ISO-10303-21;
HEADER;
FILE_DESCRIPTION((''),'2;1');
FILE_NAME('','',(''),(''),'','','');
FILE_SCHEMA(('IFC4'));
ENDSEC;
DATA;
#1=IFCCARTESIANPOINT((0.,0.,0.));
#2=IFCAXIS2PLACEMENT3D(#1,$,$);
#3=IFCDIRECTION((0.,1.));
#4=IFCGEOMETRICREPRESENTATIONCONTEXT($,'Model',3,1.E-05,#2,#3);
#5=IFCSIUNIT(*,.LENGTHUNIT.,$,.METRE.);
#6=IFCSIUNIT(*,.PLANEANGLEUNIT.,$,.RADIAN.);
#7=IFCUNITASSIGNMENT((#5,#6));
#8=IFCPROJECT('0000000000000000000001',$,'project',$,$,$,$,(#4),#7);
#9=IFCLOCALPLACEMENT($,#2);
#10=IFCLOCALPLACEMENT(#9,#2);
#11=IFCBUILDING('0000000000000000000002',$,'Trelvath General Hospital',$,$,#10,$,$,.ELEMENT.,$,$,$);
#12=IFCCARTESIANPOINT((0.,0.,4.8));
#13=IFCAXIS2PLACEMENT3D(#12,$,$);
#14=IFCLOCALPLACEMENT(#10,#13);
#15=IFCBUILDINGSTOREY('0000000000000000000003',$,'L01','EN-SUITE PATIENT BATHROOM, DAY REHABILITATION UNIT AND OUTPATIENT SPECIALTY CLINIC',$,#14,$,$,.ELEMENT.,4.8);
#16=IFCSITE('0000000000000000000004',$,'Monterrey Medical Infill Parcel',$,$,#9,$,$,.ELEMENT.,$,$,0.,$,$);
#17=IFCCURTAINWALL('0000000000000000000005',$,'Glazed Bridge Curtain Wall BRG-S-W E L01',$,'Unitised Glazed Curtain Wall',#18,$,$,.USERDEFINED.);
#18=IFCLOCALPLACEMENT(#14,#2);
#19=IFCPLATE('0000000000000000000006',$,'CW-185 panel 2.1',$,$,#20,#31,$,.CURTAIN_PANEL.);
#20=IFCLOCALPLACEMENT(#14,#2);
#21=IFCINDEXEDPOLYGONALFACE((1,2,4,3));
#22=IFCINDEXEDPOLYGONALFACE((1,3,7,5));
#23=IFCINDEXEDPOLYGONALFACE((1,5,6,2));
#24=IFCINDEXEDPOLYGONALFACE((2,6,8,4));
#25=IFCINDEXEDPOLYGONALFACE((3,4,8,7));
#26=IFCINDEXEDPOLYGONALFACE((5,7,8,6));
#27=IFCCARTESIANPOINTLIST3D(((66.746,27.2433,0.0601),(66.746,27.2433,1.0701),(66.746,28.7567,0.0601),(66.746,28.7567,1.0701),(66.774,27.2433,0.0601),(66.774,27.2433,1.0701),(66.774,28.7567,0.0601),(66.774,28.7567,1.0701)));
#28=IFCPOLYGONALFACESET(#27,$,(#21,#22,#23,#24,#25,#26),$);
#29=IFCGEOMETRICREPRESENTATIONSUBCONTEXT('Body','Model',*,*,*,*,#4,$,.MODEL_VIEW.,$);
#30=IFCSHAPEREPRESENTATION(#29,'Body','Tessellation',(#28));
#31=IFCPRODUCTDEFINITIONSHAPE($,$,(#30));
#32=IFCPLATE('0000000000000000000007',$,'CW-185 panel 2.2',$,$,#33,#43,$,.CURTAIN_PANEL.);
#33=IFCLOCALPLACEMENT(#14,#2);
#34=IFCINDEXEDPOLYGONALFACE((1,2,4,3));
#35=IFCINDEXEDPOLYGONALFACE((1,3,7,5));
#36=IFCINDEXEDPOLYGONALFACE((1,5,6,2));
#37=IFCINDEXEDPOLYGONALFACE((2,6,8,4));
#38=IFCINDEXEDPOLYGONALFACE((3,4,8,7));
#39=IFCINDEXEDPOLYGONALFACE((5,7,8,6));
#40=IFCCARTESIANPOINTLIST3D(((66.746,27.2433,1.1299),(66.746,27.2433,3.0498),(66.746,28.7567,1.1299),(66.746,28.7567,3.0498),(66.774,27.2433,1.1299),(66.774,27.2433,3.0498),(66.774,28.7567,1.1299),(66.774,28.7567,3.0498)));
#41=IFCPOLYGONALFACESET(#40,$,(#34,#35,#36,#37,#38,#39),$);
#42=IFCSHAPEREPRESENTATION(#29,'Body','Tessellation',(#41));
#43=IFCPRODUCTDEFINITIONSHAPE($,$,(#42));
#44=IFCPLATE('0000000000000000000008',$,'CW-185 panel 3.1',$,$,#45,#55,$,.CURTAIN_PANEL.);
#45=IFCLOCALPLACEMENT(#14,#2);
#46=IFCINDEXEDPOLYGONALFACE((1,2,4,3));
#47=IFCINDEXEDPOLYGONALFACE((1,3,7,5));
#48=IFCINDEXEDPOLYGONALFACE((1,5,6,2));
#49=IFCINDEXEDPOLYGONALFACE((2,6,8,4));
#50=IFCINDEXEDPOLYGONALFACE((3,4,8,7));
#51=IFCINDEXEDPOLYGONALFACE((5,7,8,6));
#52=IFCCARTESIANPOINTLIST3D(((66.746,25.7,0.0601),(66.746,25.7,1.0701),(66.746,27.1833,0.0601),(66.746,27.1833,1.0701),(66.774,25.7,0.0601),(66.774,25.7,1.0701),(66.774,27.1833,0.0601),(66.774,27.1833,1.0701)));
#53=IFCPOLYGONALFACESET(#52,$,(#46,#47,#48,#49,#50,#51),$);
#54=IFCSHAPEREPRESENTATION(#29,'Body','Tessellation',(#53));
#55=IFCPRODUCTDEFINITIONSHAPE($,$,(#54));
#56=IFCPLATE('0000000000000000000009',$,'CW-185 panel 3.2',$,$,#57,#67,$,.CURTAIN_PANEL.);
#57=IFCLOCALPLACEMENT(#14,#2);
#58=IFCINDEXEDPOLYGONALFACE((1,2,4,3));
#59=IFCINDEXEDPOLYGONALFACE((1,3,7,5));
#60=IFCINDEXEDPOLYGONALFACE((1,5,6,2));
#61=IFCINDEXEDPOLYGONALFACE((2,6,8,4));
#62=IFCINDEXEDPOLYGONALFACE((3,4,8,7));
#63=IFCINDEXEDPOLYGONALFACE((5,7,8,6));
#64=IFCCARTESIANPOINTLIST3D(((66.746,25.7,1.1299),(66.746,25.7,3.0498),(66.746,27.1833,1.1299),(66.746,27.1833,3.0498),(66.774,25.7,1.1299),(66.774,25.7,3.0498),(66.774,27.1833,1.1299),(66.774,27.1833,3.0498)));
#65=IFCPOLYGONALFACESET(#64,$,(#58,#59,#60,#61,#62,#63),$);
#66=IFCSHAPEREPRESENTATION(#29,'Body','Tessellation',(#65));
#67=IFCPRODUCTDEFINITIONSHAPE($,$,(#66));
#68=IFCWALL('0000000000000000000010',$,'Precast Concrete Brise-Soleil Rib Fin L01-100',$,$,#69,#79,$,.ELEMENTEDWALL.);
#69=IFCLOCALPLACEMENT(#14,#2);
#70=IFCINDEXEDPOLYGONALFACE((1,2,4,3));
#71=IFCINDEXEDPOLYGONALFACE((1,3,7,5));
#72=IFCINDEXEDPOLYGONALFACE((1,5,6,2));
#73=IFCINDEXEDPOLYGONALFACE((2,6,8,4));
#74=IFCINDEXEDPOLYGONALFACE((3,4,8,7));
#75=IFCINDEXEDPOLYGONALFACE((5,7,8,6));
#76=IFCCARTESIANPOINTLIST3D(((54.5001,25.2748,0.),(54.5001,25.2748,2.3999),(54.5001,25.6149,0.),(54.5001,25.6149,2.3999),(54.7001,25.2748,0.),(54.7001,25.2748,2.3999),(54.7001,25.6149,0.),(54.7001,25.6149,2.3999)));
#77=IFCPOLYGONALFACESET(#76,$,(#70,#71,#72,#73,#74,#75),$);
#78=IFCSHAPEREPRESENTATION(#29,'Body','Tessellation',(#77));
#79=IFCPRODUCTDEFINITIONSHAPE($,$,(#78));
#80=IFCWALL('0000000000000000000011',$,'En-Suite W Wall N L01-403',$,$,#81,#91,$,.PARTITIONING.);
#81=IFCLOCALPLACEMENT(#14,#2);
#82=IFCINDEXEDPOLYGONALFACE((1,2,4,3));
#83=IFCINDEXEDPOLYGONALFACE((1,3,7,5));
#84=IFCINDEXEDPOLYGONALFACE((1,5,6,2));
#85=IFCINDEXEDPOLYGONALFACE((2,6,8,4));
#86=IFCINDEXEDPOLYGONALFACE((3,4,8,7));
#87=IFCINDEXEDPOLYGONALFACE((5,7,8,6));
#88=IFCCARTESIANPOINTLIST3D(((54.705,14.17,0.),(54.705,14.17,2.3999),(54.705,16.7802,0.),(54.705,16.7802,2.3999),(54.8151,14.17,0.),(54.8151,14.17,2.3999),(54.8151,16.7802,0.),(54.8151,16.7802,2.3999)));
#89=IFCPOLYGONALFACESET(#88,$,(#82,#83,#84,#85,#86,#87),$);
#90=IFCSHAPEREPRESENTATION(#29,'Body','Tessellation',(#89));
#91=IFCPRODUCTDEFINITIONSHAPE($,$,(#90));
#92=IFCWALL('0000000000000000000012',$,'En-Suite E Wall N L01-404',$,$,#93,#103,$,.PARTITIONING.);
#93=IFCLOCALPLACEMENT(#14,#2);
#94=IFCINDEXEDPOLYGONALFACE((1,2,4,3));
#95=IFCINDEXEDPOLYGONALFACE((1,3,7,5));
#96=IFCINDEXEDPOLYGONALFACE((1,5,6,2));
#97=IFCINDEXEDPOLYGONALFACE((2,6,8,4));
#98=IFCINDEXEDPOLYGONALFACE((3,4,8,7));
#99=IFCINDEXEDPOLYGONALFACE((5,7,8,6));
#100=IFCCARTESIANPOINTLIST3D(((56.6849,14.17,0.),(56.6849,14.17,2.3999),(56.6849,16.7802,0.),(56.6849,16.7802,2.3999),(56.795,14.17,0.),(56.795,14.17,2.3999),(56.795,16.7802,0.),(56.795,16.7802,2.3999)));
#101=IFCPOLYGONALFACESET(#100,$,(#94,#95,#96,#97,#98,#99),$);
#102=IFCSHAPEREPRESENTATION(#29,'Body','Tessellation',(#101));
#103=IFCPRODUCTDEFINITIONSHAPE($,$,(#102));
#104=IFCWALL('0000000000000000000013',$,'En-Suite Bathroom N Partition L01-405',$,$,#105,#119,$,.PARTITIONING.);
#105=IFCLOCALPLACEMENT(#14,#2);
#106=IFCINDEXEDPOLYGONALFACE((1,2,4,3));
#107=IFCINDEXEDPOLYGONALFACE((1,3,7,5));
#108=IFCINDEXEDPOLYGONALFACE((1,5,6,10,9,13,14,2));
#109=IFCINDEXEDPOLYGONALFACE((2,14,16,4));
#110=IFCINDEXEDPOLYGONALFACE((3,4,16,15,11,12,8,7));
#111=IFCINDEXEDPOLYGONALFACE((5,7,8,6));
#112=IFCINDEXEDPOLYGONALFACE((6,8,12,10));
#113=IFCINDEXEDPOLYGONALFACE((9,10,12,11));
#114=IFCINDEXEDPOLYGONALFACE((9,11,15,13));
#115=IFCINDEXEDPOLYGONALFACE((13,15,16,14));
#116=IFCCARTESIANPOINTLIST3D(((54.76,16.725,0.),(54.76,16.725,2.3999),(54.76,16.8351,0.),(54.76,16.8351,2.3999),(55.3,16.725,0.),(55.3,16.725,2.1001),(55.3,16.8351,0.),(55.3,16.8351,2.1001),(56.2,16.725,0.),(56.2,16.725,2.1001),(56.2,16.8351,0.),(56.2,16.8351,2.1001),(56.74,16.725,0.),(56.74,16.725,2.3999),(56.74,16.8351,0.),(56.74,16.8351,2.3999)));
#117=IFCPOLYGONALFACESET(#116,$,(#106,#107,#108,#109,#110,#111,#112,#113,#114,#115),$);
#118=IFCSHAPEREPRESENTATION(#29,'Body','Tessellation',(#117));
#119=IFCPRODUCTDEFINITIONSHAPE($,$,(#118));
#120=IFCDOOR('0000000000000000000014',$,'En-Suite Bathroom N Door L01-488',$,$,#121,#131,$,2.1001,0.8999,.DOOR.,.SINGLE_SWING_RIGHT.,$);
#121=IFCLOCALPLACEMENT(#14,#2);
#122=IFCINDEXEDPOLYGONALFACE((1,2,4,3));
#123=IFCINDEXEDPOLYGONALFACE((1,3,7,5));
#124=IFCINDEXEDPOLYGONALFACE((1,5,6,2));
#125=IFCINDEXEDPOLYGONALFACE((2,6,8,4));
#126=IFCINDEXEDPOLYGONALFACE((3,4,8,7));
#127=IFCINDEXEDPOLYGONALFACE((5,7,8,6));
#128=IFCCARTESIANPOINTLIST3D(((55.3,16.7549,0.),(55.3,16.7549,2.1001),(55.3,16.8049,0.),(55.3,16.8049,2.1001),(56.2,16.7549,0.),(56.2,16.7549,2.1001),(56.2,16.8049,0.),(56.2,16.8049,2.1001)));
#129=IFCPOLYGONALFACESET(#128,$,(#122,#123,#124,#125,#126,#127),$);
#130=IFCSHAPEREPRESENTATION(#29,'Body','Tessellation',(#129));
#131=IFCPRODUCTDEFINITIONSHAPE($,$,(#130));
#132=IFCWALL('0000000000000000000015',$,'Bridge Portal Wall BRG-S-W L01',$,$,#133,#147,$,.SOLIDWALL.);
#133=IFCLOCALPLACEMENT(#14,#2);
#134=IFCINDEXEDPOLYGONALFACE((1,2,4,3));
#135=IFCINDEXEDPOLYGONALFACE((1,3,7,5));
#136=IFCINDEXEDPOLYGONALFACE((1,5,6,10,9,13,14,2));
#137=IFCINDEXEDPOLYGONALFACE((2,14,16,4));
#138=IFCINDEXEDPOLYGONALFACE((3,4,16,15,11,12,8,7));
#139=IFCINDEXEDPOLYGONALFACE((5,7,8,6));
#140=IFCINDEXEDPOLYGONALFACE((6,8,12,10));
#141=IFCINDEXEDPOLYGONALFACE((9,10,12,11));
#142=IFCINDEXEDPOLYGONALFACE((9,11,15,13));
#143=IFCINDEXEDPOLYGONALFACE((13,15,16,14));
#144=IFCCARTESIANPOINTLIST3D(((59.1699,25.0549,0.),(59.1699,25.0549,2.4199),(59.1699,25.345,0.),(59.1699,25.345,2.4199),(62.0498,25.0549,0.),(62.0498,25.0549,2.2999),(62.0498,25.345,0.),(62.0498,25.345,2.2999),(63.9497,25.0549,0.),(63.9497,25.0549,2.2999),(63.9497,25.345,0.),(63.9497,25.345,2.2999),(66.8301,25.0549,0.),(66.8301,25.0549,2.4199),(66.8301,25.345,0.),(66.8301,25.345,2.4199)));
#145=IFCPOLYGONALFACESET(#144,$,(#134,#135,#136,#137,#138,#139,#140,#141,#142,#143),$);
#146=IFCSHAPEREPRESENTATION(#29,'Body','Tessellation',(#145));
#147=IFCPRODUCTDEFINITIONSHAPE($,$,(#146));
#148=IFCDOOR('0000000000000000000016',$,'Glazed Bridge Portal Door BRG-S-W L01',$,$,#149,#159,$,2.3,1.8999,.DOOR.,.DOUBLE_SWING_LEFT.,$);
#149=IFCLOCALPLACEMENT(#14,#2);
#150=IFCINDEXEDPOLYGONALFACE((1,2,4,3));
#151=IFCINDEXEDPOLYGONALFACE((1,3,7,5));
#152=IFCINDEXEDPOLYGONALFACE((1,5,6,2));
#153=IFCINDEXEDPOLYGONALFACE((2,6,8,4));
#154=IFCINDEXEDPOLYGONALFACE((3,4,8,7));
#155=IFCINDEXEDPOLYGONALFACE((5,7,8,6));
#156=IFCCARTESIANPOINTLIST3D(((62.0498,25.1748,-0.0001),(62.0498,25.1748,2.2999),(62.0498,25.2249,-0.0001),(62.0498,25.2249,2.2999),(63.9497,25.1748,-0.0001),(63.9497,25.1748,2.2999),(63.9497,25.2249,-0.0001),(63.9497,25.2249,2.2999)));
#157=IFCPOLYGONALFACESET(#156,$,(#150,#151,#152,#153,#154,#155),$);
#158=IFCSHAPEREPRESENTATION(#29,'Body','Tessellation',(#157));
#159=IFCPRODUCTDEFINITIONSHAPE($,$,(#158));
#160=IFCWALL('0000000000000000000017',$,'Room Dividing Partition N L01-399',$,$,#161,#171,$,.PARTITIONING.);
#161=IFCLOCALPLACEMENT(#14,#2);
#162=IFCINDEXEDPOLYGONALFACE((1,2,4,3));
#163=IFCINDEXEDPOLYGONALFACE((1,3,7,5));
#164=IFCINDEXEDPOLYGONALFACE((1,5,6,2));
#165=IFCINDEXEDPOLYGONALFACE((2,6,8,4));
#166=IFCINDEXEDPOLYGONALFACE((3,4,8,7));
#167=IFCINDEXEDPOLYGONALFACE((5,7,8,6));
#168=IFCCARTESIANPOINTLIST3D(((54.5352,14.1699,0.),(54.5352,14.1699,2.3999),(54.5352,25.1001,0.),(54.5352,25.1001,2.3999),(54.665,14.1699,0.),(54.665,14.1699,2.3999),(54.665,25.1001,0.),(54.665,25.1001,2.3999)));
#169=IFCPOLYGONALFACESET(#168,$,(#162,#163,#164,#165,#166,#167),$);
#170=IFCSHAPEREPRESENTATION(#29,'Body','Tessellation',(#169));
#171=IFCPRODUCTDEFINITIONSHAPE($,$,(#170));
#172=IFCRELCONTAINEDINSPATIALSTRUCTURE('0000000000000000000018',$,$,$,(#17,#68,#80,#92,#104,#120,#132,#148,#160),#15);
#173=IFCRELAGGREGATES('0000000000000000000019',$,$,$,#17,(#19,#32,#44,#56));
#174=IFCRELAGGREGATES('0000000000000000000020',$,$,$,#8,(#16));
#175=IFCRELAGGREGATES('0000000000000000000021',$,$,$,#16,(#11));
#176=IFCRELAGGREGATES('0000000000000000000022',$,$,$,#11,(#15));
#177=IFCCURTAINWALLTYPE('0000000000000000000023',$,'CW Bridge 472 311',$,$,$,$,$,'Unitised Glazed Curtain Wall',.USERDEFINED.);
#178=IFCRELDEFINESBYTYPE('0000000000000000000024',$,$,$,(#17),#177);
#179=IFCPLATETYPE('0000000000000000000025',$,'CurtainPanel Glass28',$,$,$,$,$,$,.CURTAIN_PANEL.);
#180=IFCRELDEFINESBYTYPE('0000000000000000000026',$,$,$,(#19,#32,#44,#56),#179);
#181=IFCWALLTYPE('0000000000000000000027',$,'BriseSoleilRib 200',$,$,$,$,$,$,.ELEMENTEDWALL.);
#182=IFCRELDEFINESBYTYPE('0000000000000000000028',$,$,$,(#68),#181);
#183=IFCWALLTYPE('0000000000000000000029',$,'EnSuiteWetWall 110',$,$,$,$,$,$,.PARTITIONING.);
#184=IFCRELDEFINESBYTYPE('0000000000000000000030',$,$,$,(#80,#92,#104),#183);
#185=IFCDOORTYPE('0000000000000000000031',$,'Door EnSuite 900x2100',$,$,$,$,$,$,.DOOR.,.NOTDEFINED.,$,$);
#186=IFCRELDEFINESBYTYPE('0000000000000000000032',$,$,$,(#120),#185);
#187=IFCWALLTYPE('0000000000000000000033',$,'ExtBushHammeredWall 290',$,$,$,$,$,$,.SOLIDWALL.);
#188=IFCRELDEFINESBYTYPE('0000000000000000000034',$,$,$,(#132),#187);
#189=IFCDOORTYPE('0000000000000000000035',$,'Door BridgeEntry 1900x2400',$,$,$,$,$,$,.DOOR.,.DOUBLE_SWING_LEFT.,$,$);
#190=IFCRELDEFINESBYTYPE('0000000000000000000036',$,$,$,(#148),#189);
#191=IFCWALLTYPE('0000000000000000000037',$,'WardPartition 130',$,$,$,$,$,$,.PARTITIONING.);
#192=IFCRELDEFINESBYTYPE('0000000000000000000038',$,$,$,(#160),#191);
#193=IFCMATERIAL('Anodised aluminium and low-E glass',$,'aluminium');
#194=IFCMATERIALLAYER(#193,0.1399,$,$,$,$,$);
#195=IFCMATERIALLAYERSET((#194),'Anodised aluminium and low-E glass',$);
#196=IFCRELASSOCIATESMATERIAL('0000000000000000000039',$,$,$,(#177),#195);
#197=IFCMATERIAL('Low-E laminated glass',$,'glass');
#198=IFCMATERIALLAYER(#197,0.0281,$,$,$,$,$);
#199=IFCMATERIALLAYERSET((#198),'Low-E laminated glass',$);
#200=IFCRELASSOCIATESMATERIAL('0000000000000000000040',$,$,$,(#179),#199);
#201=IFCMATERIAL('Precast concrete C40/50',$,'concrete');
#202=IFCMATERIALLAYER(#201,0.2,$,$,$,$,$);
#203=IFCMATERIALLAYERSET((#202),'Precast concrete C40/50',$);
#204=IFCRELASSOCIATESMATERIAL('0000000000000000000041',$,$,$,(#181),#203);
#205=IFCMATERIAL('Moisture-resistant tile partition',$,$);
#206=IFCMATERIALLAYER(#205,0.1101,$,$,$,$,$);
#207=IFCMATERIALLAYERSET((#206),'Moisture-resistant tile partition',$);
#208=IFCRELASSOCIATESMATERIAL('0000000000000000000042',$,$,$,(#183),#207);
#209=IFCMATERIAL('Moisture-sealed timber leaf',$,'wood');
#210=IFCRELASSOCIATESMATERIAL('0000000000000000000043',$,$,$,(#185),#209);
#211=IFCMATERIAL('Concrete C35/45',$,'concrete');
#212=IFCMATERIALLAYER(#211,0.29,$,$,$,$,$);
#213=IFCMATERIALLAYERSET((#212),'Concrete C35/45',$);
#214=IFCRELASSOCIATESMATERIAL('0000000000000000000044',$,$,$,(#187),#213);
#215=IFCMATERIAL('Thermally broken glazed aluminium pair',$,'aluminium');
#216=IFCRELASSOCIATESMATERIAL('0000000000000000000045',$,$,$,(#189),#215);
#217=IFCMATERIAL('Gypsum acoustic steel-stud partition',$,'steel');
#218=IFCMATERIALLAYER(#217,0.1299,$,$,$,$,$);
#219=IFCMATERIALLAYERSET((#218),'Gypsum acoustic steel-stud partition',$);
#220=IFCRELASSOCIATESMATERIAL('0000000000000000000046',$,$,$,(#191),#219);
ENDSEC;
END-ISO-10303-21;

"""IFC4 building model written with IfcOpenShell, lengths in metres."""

from ifc_helpers import new_model, si_unit, direction, frame, frame_2d, origin, origin_2d, place, context, subcontext, project, spatial, rectangle, extrude, material, layer, layer_set, type_object, element, fill, aggregate, save


model = new_model("IFC4")

# Units and contexts
model_context = context("Model", 3, precision=1e-05, world=origin(), true_north=direction((0.0, 1.0)))
body_context = subcontext(model_context, "Body", "Model", "MODEL_VIEW")
ifc_project = project(units=[si_unit("LENGTHUNIT", "METRE"), si_unit("PLANEANGLEUNIT", "RADIAN")], contexts=[model_context])

# Site, building, storey
site_placement = place(None, origin())
site = spatial("IfcSite", under=ifc_project, at=site_placement, Name="Monterrey Medical Infill Parcel", CompositionType="ELEMENT", RefElevation=0.0)
building_placement = place(site_placement, origin())
building = spatial("IfcBuilding", under=site, at=building_placement, Name="Trelvath General Hospital", CompositionType="ELEMENT")
storey_placement = place(building_placement, frame((0.0, 0.0, 4.8)))
storey = spatial("IfcBuildingStorey", under=building, at=storey_placement, Name="L01", Description="EN-SUITE PATIENT BATHROOM, DAY REHABILITATION UNIT AND OUTPATIENT SPECIALTY CLINIC", CompositionType="ELEMENT", Elevation=4.8)

# Curtain wall
ifc_material_1 = material(Name="Anodised aluminium and low-E glass", Category="aluminium")
ifc_layer_1 = layer(ifc_material_1, 0.1399)
ifc_layer_set_1 = layer_set([ifc_layer_1], Name="Anodised aluminium and low-E glass")
curtain_wall_type = type_object("IfcCurtainWallType", Name="CW Bridge 472 311", ElementType="Unitised Glazed Curtain Wall", PredefinedType="USERDEFINED", material=ifc_layer_set_1)
curtain_wall_1_placement = place(storey_placement, origin())
curtain_wall_1 = element("IfcCurtainWall", 1, at=curtain_wall_1_placement, inside=storey, type_object=curtain_wall_type, Name="Glazed Bridge Curtain Wall BRG-S-W E L01", ObjectType="Unitised Glazed Curtain Wall", PredefinedType="USERDEFINED")

# Plates
ifc_material_2 = material(Name="Low-E laminated glass", Category="glass")
ifc_layer_2 = layer(ifc_material_2, 0.0281)
ifc_layer_set_2 = layer_set([ifc_layer_2], Name="Low-E laminated glass")
plate_type = type_object("IfcPlateType", Name="CurtainPanel Glass28", PredefinedType="CURTAIN_PANEL", material=ifc_layer_set_2)
plate_1_placement = place(storey_placement, frame((66.76, 28.0, 0.0601), z_axis=(0.0, 0.0, 1.0), x_axis=(0.0, -1.0, 0.0)))
plate_1 = element("IfcPlate", 2, at=plate_1_placement, type_object=plate_type, Name="CW-185 panel 2.1", PredefinedType="CURTAIN_PANEL", context=body_context, shape_type="SweptSolid", body=[
    extrude(rectangle(XDim=1.5134, YDim=0.0281, at=origin_2d()), origin(), (0.0, 0.0, 1.0), 1.01),
])
plate_2_placement = place(storey_placement, frame((66.76, 28.0, 1.1299), z_axis=(0.0, 0.0, 1.0), x_axis=(0.0, -1.0, 0.0)))
plate_2 = element("IfcPlate", 3, at=plate_2_placement, type_object=plate_type, Name="CW-185 panel 2.2", PredefinedType="CURTAIN_PANEL", context=body_context, shape_type="SweptSolid", body=[
    extrude(rectangle(XDim=1.5134, YDim=0.0281, at=origin_2d()), origin(), (0.0, 0.0, 1.0), 1.9199),
])
plate_3_placement = place(storey_placement, frame((66.76, 26.4417, 0.0601), z_axis=(0.0, 0.0, 1.0), x_axis=(0.0, -1.0, 0.0)))
plate_3 = element("IfcPlate", 4, at=plate_3_placement, type_object=plate_type, Name="CW-185 panel 3.1", PredefinedType="CURTAIN_PANEL", context=body_context, shape_type="SweptSolid", body=[
    extrude(rectangle(XDim=1.4834, YDim=0.0281, at=origin_2d()), origin(), (0.0, 0.0, 1.0), 1.01),
])
plate_4_placement = place(storey_placement, frame((66.76, 26.4417, 1.1299), z_axis=(0.0, 0.0, 1.0), x_axis=(0.0, -1.0, 0.0)))
plate_4 = element("IfcPlate", 5, at=plate_4_placement, type_object=plate_type, Name="CW-185 panel 3.2", PredefinedType="CURTAIN_PANEL", context=body_context, shape_type="SweptSolid", body=[
    extrude(rectangle(XDim=1.4834, YDim=0.0281, at=origin_2d()), origin(), (0.0, 0.0, 1.0), 1.9199),
])
aggregate(curtain_wall_1, [plate_1, plate_2, plate_3, plate_4])

# Walls
ifc_material_3 = material(Name="Precast concrete C40/50", Category="concrete")
ifc_layer_3 = layer(ifc_material_3, 0.2)
ifc_layer_set_3 = layer_set([ifc_layer_3], Name="Precast concrete C40/50")
wall_type_1 = type_object("IfcWallType", Name="BriseSoleilRib 200", PredefinedType="ELEMENTEDWALL", material=ifc_layer_set_3)
wall_1_placement = place(storey_placement, frame((54.6001, 25.2749, 0.0), z_axis=(0.0, 0.0, 1.0), x_axis=(0.0, 1.0, 0.0)))
element("IfcWall", 6, at=wall_1_placement, inside=storey, type_object=wall_type_1, Name="Precast Concrete Brise-Soleil Rib Fin L01-100", PredefinedType="ELEMENTEDWALL", context=body_context, shape_type="SweptSolid", body=[
    extrude(rectangle(XDim=0.3401, YDim=0.2, at=frame_2d((0.1699, 0.0))), origin(), (0.0, 0.0, 1.0), 2.3999),
])
ifc_material_4 = material(Name="Moisture-resistant tile partition")
ifc_layer_4 = layer(ifc_material_4, 0.1101)
ifc_layer_set_4 = layer_set([ifc_layer_4], Name="Moisture-resistant tile partition")
wall_type_2 = type_object("IfcWallType", Name="EnSuiteWetWall 110", PredefinedType="PARTITIONING", material=ifc_layer_set_4)
for number, where, z_axis, x_axis, name in (
    (7, (54.76, 14.1699, 0.0), (0.0, 0.0, 1.0), (0.0, 1.0, 0.0), "En-Suite W Wall N L01-403"),
    (8, (56.74, 14.1699, 0.0), (0.0, 0.0, 1.0), (0.0, 1.0, 0.0), "En-Suite E Wall N L01-404"),
):
    element("IfcWall", number, at=place(storey_placement, frame(where, z_axis=z_axis, x_axis=x_axis)), inside=storey, type_object=wall_type_2, Name=name, PredefinedType="PARTITIONING", context=body_context, shape_type="SweptSolid", body=[
        extrude(rectangle(XDim=2.6101, YDim=0.1101, at=frame_2d((1.3052, 0.0))), origin(), (0.0, 0.0, 1.0), 2.3999),
    ])

# Walls, openings, doors
wall_2_placement = place(storey_placement, frame((54.76, 16.78, 0.0), z_axis=(0.0, 0.0, 1.0), x_axis=(1.0, 0.0, 0.0)))
wall_2 = element("IfcWall", 9, at=wall_2_placement, inside=storey, type_object=wall_type_2, Name="En-Suite Bathroom N Partition L01-405", PredefinedType="PARTITIONING", context=body_context, shape_type="SweptSolid", body=[
    extrude(rectangle(XDim=1.98, YDim=0.1101, at=frame_2d((0.99, 0.0))), origin(), (0.0, 0.0, 1.0), 2.3999),
])
opening_1_placement = place(wall_2_placement, frame((0.54, 0.0, 0.0)))
opening_1 = element("IfcOpeningElement", 10, at=opening_1_placement, cuts=wall_2, PredefinedType="OPENING", context=body_context, shape_type="SweptSolid", body=[
    extrude(rectangle(XDim=0.8999, YDim=2.1001, at=frame_2d((0.45, 1.05))), frame((0.0, 0.0649, 0.0), z_axis=(0.0, -1.0, 0.0), x_axis=(1.0, 0.0, 0.0)), (0.0, 0.0, 1.0), 0.1301),
])
ifc_material_5 = material(Name="Moisture-sealed timber leaf", Category="wood")
door_type_1 = type_object("IfcDoorType", Name="Door EnSuite 900x2100", OperationType="NOTDEFINED", PredefinedType="DOOR", material=ifc_material_5)
door_1_placement = place(opening_1_placement, origin())
door_1 = element("IfcDoor", 11, at=door_1_placement, inside=storey, type_object=door_type_1, Name="En-Suite Bathroom N Door L01-488", OperationType="SINGLE_SWING_RIGHT", OverallHeight=2.1001, OverallWidth=0.8999, PredefinedType="DOOR", context=body_context, shape_type="SweptSolid", body=[
    extrude(rectangle(XDim=0.8999, YDim=2.1001, at=frame_2d((0.45, 1.05))), frame((0.0, 0.0249, 0.0), z_axis=(0.0, -1.0, 0.0), x_axis=(1.0, 0.0, 0.0)), (0.0, 0.0, 1.0), 0.05),
])
fill(opening_1, door_1)
ifc_material_6 = material(Name="Concrete C35/45", Category="concrete")
ifc_layer_5 = layer(ifc_material_6, 0.29)
ifc_layer_set_5 = layer_set([ifc_layer_5], Name="Concrete C35/45")
wall_type_3 = type_object("IfcWallType", Name="ExtBushHammeredWall 290", PredefinedType="SOLIDWALL", material=ifc_layer_set_5)
wall_3_placement = place(storey_placement, frame((59.1699, 25.2, 0.0), z_axis=(0.0, 0.0, 1.0), x_axis=(1.0, 0.0, 0.0)))
wall_3 = element("IfcWall", 12, at=wall_3_placement, inside=storey, type_object=wall_type_3, Name="Bridge Portal Wall BRG-S-W L01", PredefinedType="SOLIDWALL", context=body_context, shape_type="SweptSolid", body=[
    extrude(rectangle(XDim=7.6602, YDim=0.29, at=frame_2d((3.8301, 0.0))), origin(), (0.0, 0.0, 1.0), 2.4199),
])
opening_2_placement = place(wall_3_placement, frame((2.8799, 0.0, 0.0)))
opening_2 = element("IfcOpeningElement", 13, at=opening_2_placement, cuts=wall_3, PredefinedType="OPENING", context=body_context, shape_type="SweptSolid", body=[
    extrude(rectangle(XDim=1.8999, YDim=2.3, at=frame_2d((0.95, 1.1499))), frame((0.0, 0.155, 0.0), z_axis=(0.0, -1.0, 0.0), x_axis=(1.0, 0.0, 0.0)), (0.0, 0.0, 1.0), 0.3101),
])
ifc_material_7 = material(Name="Thermally broken glazed aluminium pair", Category="aluminium")
door_type_2 = type_object("IfcDoorType", Name="Door BridgeEntry 1900x2400", OperationType="DOUBLE_SWING_LEFT", PredefinedType="DOOR", material=ifc_material_7)
door_2_placement = place(opening_2_placement, origin())
door_2 = element("IfcDoor", 14, at=door_2_placement, inside=storey, type_object=door_type_2, Name="Glazed Bridge Portal Door BRG-S-W L01", OperationType="DOUBLE_SWING_LEFT", OverallHeight=2.3, OverallWidth=1.8999, PredefinedType="DOOR", context=body_context, shape_type="SweptSolid", body=[
    extrude(rectangle(XDim=1.8999, YDim=2.3, at=frame_2d((0.95, 1.1499))), frame((0.0, 0.0249, 0.0), z_axis=(0.0, -1.0, 0.0), x_axis=(1.0, 0.0, 0.0)), (0.0, 0.0, 1.0), 0.05),
])
fill(opening_2, door_2)

# Wall
ifc_material_8 = material(Name="Gypsum acoustic steel-stud partition", Category="steel")
ifc_layer_6 = layer(ifc_material_8, 0.1299)
ifc_layer_set_6 = layer_set([ifc_layer_6], Name="Gypsum acoustic steel-stud partition")
wall_type_4 = type_object("IfcWallType", Name="WardPartition 130", PredefinedType="PARTITIONING", material=ifc_layer_set_6)
wall_4_placement = place(storey_placement, frame((54.6001, 14.1699, 0.0), z_axis=(0.0, 0.0, 1.0), x_axis=(0.0, 1.0, 0.0)))
element("IfcWall", 15, at=wall_4_placement, inside=storey, type_object=wall_type_4, Name="Room Dividing Partition N L01-399", PredefinedType="PARTITIONING", context=body_context, shape_type="SweptSolid", body=[
    extrude(rectangle(XDim=10.9302, YDim=0.1299, at=frame_2d((5.4651, 0.0))), origin(), (0.0, 0.0, 1.0), 2.3999),
])

save(model, "model.ifc")
